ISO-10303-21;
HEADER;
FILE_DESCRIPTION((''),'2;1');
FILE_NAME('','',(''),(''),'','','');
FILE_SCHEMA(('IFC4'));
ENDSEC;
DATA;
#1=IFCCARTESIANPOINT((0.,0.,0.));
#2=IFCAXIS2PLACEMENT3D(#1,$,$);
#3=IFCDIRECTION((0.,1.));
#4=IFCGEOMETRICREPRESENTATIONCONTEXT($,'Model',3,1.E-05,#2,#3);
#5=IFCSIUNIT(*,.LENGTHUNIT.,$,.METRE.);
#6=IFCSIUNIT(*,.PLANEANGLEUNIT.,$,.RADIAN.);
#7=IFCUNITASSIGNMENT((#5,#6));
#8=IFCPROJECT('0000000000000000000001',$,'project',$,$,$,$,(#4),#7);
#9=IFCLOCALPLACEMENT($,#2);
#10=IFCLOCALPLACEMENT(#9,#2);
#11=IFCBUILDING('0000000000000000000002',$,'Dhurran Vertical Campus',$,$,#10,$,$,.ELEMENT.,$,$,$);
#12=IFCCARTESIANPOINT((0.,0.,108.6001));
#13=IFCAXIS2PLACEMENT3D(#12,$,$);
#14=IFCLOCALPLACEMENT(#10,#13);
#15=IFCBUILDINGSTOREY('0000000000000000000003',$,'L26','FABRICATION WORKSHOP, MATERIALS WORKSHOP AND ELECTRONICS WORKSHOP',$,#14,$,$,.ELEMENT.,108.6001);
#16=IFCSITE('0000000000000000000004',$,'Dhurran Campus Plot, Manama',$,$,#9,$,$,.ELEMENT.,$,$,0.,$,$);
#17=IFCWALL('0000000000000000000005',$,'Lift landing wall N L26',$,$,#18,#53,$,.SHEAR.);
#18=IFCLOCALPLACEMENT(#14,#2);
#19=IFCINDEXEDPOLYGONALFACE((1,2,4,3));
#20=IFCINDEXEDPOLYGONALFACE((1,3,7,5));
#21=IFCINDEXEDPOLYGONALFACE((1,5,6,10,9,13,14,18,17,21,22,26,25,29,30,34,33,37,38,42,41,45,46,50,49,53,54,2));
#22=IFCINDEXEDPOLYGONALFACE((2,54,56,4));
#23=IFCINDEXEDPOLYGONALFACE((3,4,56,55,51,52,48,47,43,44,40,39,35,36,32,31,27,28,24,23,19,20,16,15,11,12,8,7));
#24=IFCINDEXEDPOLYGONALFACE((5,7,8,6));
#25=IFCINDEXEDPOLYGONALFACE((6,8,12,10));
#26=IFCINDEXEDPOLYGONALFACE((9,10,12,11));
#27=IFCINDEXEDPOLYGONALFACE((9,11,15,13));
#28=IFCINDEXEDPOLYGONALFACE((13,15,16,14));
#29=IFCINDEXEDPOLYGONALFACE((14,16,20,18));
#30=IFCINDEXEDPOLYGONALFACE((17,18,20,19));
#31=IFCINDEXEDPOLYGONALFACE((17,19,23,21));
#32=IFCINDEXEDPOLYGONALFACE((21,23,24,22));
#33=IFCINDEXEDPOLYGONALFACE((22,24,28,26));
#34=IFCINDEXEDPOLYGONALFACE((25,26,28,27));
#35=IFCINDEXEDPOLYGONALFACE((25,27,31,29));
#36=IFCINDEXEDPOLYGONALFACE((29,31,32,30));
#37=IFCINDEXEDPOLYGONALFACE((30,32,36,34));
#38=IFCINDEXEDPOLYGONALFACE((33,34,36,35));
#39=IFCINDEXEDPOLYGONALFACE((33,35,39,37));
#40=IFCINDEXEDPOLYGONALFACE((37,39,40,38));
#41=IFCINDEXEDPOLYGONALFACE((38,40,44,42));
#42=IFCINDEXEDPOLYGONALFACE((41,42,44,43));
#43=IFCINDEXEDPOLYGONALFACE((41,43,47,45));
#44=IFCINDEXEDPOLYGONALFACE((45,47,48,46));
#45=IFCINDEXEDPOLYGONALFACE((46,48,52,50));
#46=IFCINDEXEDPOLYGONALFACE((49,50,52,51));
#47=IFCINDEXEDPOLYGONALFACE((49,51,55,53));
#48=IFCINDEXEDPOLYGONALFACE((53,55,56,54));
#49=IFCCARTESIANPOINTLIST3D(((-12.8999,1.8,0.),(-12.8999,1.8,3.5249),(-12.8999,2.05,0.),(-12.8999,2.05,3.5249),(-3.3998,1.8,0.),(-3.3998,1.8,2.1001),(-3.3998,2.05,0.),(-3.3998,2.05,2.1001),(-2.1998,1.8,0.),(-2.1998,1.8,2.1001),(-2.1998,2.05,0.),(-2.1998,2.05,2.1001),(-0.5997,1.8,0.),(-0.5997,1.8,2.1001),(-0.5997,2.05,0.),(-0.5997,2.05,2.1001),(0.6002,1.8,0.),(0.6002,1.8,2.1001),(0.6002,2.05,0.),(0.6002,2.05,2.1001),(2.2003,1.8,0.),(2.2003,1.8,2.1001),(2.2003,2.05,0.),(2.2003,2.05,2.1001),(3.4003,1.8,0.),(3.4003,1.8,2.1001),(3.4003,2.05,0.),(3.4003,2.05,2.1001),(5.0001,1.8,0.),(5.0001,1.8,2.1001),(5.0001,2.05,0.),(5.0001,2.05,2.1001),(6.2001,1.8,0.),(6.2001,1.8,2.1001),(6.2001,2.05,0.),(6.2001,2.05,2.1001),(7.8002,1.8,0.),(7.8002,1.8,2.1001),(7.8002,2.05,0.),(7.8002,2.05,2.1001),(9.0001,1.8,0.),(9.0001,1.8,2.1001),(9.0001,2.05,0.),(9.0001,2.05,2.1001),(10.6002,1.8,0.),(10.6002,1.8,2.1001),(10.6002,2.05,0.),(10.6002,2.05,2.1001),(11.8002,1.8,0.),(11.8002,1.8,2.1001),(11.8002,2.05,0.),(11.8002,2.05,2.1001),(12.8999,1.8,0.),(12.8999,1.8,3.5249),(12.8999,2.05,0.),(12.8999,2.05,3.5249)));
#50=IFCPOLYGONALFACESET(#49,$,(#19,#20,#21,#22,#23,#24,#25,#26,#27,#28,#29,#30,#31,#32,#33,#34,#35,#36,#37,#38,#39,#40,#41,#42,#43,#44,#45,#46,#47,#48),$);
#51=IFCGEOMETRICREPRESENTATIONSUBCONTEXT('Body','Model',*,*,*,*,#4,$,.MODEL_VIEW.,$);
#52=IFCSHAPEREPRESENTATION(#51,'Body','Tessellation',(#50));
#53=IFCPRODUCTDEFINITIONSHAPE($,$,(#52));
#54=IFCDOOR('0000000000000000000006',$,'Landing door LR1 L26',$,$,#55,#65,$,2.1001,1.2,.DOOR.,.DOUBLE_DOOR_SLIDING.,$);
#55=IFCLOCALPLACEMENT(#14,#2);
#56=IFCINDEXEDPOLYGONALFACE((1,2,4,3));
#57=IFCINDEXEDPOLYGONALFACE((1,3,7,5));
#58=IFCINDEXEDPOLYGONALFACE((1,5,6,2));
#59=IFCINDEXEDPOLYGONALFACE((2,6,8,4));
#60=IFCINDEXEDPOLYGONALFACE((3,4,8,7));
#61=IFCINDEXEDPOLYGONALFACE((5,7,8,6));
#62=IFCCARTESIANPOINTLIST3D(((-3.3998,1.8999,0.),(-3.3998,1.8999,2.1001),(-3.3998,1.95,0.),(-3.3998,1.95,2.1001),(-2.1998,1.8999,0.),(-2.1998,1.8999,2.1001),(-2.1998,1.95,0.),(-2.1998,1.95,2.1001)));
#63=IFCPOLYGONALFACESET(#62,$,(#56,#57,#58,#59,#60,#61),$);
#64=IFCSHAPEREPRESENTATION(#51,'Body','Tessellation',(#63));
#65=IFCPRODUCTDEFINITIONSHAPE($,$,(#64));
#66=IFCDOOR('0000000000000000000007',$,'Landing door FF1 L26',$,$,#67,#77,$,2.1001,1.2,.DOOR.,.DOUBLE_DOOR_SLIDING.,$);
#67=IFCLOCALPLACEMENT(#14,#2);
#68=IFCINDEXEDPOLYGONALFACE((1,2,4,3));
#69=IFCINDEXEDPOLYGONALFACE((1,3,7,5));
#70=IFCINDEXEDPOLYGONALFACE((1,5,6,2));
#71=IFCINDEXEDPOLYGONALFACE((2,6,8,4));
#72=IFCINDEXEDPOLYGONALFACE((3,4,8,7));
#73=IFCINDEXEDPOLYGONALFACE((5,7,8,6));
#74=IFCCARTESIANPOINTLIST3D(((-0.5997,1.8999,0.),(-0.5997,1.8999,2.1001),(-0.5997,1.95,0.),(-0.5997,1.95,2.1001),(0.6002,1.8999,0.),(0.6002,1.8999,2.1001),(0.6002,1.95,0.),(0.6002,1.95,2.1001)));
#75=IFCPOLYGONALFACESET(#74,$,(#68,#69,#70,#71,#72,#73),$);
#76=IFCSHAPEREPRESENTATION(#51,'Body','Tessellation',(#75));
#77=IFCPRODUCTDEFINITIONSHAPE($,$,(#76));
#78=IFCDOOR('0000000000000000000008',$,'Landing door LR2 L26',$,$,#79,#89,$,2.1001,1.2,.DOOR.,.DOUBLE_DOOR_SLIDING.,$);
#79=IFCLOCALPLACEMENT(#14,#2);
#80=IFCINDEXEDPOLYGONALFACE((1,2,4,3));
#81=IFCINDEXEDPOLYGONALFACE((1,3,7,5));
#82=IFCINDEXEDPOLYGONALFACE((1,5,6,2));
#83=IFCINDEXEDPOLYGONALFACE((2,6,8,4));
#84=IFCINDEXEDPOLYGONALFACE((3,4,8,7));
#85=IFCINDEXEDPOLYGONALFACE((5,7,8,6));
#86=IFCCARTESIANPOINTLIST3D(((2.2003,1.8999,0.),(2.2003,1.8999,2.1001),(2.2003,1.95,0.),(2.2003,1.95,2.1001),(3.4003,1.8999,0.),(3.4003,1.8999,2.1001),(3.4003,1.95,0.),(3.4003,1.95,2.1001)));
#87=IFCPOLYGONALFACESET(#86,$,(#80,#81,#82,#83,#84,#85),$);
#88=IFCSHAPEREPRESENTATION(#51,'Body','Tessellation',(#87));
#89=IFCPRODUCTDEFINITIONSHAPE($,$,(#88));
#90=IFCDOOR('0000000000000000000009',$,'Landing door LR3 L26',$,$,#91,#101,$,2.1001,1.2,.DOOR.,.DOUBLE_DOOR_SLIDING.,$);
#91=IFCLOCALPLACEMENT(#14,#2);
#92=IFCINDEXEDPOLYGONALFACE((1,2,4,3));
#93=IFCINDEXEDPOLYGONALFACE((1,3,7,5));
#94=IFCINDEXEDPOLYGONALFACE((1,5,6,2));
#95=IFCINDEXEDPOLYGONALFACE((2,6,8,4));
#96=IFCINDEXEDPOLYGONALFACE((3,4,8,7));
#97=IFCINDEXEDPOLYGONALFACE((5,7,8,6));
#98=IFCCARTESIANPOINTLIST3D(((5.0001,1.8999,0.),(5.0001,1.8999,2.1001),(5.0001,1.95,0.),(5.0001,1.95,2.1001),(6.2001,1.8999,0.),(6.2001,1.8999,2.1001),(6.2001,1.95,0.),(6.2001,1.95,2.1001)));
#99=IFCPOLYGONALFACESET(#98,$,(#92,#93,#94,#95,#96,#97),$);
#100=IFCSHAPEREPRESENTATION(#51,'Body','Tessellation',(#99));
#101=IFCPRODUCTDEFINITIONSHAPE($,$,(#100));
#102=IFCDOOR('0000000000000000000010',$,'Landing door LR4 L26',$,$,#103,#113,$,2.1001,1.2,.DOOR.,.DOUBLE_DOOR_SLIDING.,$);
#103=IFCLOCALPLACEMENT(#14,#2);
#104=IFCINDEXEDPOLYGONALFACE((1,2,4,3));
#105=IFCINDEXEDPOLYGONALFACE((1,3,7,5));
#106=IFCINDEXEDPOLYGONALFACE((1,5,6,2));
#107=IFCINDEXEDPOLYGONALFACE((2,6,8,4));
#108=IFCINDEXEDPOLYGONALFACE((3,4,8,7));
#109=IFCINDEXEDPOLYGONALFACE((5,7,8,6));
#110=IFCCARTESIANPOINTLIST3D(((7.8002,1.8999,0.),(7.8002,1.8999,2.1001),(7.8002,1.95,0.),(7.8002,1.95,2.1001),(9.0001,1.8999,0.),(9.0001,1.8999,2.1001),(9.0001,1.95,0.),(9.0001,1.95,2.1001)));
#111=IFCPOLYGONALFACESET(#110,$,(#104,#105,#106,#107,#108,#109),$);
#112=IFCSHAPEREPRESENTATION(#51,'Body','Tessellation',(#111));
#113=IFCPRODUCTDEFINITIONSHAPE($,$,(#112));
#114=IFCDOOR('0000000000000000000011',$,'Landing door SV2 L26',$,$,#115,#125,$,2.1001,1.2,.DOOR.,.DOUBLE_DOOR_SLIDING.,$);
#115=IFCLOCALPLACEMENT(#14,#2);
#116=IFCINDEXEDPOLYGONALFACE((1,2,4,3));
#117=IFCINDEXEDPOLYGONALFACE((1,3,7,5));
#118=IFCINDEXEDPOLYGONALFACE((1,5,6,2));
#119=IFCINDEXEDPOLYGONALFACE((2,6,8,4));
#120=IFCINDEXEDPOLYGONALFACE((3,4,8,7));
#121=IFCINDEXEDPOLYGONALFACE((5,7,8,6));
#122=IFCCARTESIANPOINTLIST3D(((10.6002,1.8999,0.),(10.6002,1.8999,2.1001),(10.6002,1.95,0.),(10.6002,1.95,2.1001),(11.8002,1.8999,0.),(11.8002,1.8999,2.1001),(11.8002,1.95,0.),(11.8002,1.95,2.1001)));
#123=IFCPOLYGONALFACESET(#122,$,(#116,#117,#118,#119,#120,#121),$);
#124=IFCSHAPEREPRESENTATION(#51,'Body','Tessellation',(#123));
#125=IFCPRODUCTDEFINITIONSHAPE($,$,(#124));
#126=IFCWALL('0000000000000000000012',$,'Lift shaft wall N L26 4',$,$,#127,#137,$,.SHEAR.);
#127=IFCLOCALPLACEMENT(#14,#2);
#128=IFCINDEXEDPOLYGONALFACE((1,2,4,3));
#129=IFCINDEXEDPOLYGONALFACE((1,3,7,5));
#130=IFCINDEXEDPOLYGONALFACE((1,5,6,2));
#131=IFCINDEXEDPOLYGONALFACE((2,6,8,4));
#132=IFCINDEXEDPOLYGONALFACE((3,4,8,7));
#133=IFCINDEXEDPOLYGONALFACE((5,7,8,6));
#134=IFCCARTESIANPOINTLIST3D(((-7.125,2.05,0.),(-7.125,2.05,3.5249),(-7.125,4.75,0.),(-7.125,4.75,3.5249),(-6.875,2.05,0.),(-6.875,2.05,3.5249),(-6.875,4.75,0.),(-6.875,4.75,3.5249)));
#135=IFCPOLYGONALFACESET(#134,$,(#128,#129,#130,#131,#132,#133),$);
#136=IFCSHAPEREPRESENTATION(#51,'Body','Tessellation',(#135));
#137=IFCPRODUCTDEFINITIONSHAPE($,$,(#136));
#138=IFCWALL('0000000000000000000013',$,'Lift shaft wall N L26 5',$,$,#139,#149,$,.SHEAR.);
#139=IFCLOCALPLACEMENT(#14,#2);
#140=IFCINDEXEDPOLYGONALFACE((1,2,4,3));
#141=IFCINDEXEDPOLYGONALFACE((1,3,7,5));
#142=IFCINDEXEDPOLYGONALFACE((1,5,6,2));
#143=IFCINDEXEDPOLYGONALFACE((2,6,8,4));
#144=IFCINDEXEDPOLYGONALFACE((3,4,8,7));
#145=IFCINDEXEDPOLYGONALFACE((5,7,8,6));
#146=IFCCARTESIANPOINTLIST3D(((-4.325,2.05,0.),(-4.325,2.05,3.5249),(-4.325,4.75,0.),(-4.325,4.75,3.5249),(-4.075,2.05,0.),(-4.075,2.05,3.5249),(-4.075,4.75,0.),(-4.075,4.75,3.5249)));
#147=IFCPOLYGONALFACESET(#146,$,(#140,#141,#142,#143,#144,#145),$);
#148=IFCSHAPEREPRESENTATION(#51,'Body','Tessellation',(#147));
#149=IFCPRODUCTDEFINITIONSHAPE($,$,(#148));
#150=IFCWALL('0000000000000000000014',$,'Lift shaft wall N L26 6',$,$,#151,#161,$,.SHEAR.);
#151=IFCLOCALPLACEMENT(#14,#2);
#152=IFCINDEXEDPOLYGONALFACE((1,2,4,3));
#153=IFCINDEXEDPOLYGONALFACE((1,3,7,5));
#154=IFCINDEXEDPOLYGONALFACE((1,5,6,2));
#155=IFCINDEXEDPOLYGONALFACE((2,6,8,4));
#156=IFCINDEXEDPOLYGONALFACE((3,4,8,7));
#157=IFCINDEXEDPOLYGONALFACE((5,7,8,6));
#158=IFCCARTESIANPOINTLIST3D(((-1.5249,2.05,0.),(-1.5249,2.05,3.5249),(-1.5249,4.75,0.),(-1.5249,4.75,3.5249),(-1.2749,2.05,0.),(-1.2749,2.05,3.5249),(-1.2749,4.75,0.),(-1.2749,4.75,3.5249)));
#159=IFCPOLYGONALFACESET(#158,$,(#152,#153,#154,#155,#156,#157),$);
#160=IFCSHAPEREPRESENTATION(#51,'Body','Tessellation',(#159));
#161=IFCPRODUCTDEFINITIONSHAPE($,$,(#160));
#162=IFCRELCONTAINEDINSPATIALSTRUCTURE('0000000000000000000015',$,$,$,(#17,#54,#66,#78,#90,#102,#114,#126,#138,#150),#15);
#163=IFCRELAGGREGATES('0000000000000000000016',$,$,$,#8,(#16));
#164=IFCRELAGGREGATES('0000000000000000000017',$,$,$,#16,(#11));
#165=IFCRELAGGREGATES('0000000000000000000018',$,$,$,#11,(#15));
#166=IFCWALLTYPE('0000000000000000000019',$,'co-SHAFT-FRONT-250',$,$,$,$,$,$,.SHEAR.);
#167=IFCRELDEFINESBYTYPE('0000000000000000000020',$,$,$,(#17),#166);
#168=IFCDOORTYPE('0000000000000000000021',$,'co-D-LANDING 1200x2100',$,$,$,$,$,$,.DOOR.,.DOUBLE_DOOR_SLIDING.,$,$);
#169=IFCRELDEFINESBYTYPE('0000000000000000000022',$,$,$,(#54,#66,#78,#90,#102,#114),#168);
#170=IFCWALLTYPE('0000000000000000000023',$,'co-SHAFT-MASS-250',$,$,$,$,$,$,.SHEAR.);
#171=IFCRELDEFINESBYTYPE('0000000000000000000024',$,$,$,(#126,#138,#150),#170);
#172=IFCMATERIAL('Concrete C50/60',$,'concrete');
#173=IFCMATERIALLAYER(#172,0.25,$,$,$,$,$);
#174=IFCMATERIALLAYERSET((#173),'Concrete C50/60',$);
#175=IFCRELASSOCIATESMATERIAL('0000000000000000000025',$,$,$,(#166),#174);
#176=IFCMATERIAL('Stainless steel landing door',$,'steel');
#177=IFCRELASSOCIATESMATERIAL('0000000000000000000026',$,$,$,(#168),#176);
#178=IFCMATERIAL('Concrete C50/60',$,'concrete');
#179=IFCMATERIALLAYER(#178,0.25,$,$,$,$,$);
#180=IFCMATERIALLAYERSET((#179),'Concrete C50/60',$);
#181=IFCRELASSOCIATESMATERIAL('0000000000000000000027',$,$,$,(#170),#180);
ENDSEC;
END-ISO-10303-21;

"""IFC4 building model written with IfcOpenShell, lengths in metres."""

from ifc_helpers import new_model, si_unit, direction, frame, frame_2d, origin, place, context, subcontext, project, spatial, polyline, rectangle, outline, extrude, material, layer, layer_set, type_object, element, fill, save


model = new_model("IFC4")

# Units and contexts
model_context = context("Model", 3, precision=1e-05, world=origin(), true_north=direction((0.0, 1.0)))
body_context = subcontext(model_context, "Body", "Model", "MODEL_VIEW")
ifc_project = project(units=[si_unit("LENGTHUNIT", "METRE"), si_unit("PLANEANGLEUNIT", "RADIAN")], contexts=[model_context])

# Site, building, storey
site_placement = place(None, origin())
site = spatial("IfcSite", under=ifc_project, at=site_placement, Name="Dhurran Campus Plot, Manama", CompositionType="ELEMENT", RefElevation=0.0)
building_placement = place(site_placement, origin())
building = spatial("IfcBuilding", under=site, at=building_placement, Name="Dhurran Vertical Campus", CompositionType="ELEMENT")
storey_placement = place(building_placement, frame((0.0, 0.0, 108.6001)))
storey = spatial("IfcBuildingStorey", under=building, at=storey_placement, Name="L26", Description="FABRICATION WORKSHOP, MATERIALS WORKSHOP AND ELECTRONICS WORKSHOP", CompositionType="ELEMENT", Elevation=108.6001)

# Wall, openings, doors
ifc_material_1 = material(Name="Concrete C50/60", Category="concrete")
ifc_layer_1 = layer(ifc_material_1, 0.25)
ifc_layer_set_1 = layer_set([ifc_layer_1], Name="Concrete C50/60")
wall_type_1 = type_object("IfcWallType", Name="co-SHAFT-FRONT-250", PredefinedType="SHEAR", material=ifc_layer_set_1)
wall_1_placement = place(storey_placement, frame((-12.8999, 1.925, 0.0), z_axis=(0.0, 0.0, 1.0), x_axis=(1.0, 0.0, 0.0)))
wall_1 = element("IfcWall", 1, at=wall_1_placement, inside=storey, type_object=wall_type_1, Name="Lift landing wall N L26", PredefinedType="SHEAR", context=body_context, shape_type="SweptSolid", body=[
    extrude(rectangle(XDim=25.7998, YDim=0.25, at=frame_2d((12.8999, 0.0))), origin(), (0.0, 0.0, 1.0), 3.5249),
])
opening_1_placement = place(wall_1_placement, frame((9.5, 0.0, 0.0)))
opening_1 = element("IfcOpeningElement", 2, at=opening_1_placement, cuts=wall_1, PredefinedType="OPENING", context=body_context, shape_type="SweptSolid", body=[
    extrude(rectangle(XDim=1.2, YDim=2.1001, at=frame_2d((0.6001, 1.05))), frame((0.0, 0.135, 0.0), z_axis=(0.0, -1.0, 0.0), x_axis=(1.0, 0.0, 0.0)), (0.0, 0.0, 1.0), 0.27),
])
opening_2_placement = place(wall_1_placement, frame((12.3, 0.0, 0.0)))
opening_2 = element("IfcOpeningElement", 3, at=opening_2_placement, cuts=wall_1, PredefinedType="OPENING", context=body_context, shape_type="SweptSolid", body=[
    extrude(rectangle(XDim=1.2, YDim=2.1001, at=frame_2d((0.6001, 1.05))), frame((0.0, 0.135, 0.0), z_axis=(0.0, -1.0, 0.0), x_axis=(1.0, 0.0, 0.0)), (0.0, 0.0, 1.0), 0.27),
])
opening_3_placement = place(wall_1_placement, frame((15.1001, 0.0, 0.0)))
opening_3 = element("IfcOpeningElement", 4, at=opening_3_placement, cuts=wall_1, PredefinedType="OPENING", context=body_context, shape_type="SweptSolid", body=[
    extrude(rectangle(XDim=1.2, YDim=2.1001, at=frame_2d((0.6001, 1.05))), frame((0.0, 0.135, 0.0), z_axis=(0.0, -1.0, 0.0), x_axis=(1.0, 0.0, 0.0)), (0.0, 0.0, 1.0), 0.27),
])
opening_4_placement = place(wall_1_placement, frame((17.8999, 0.0, 0.0)))
opening_4 = element("IfcOpeningElement", 5, at=opening_4_placement, cuts=wall_1, PredefinedType="OPENING", context=body_context, shape_type="SweptSolid", body=[
    extrude(rectangle(XDim=1.2, YDim=2.1001, at=frame_2d((0.6001, 1.05))), frame((0.0, 0.135, 0.0), z_axis=(0.0, -1.0, 0.0), x_axis=(1.0, 0.0, 0.0)), (0.0, 0.0, 1.0), 0.27),
])
opening_5_placement = place(wall_1_placement, frame((20.7, 0.0, 0.0)))
opening_5 = element("IfcOpeningElement", 6, at=opening_5_placement, cuts=wall_1, PredefinedType="OPENING", context=body_context, shape_type="SweptSolid", body=[
    extrude(rectangle(XDim=1.2, YDim=2.1001, at=frame_2d((0.6001, 1.05))), frame((0.0, 0.135, 0.0), z_axis=(0.0, -1.0, 0.0), x_axis=(1.0, 0.0, 0.0)), (0.0, 0.0, 1.0), 0.27),
])
opening_6_placement = place(wall_1_placement, frame((23.5, 0.0, 0.0)))
opening_6 = element("IfcOpeningElement", 7, at=opening_6_placement, cuts=wall_1, PredefinedType="OPENING", context=body_context, shape_type="SweptSolid", body=[
    extrude(rectangle(XDim=1.2, YDim=2.1001, at=frame_2d((0.6001, 1.05))), frame((0.0, 0.135, 0.0), z_axis=(0.0, -1.0, 0.0), x_axis=(1.0, 0.0, 0.0)), (0.0, 0.0, 1.0), 0.27),
])
ifc_material_2 = material(Name="Stainless steel landing door", Category="steel")
door_type_1 = type_object("IfcDoorType", Name="co-D-LANDING 1200x2100", OperationType="DOUBLE_DOOR_SLIDING", PredefinedType="DOOR", material=ifc_material_2)
door_1_placement = place(opening_1_placement, origin())
door_1 = element("IfcDoor", 8, at=door_1_placement, inside=storey, type_object=door_type_1, Name="Landing door LR1 L26", OperationType="DOUBLE_DOOR_SLIDING", OverallHeight=2.1001, OverallWidth=1.2, PredefinedType="DOOR", context=body_context, shape_type="SweptSolid", body=[
    extrude(rectangle(XDim=1.2, YDim=2.1001, at=frame_2d((0.6001, 1.05))), frame((0.0, 0.0249, 0.0), z_axis=(0.0, -1.0, 0.0), x_axis=(1.0, 0.0, 0.0)), (0.0, 0.0, 1.0), 0.05),
])
fill(opening_1, door_1)
door_2_placement = place(opening_2_placement, origin())
door_2 = element("IfcDoor", 9, at=door_2_placement, inside=storey, type_object=door_type_1, Name="Landing door FF1 L26", OperationType="DOUBLE_DOOR_SLIDING", OverallHeight=2.1001, OverallWidth=1.2, PredefinedType="DOOR", context=body_context, shape_type="SweptSolid", body=[
    extrude(rectangle(XDim=1.2, YDim=2.1001, at=frame_2d((0.6001, 1.05))), frame((0.0, 0.0249, 0.0), z_axis=(0.0, -1.0, 0.0), x_axis=(1.0, 0.0, 0.0)), (0.0, 0.0, 1.0), 0.05),
])
fill(opening_2, door_2)
door_3_placement = place(opening_3_placement, origin())
door_3 = element("IfcDoor", 10, at=door_3_placement, inside=storey, type_object=door_type_1, Name="Landing door LR2 L26", OperationType="DOUBLE_DOOR_SLIDING", OverallHeight=2.1001, OverallWidth=1.2, PredefinedType="DOOR", context=body_context, shape_type="SweptSolid", body=[
    extrude(rectangle(XDim=1.2, YDim=2.1001, at=frame_2d((0.6001, 1.05))), frame((0.0, 0.0249, 0.0), z_axis=(0.0, -1.0, 0.0), x_axis=(1.0, 0.0, 0.0)), (0.0, 0.0, 1.0), 0.05),
])
fill(opening_3, door_3)
door_4_placement = place(opening_4_placement, origin())
door_4 = element("IfcDoor", 11, at=door_4_placement, inside=storey, type_object=door_type_1, Name="Landing door LR3 L26", OperationType="DOUBLE_DOOR_SLIDING", OverallHeight=2.1001, OverallWidth=1.2, PredefinedType="DOOR", context=body_context, shape_type="SweptSolid", body=[
    extrude(rectangle(XDim=1.2, YDim=2.1001, at=frame_2d((0.6001, 1.05))), frame((0.0, 0.0249, 0.0), z_axis=(0.0, -1.0, 0.0), x_axis=(1.0, 0.0, 0.0)), (0.0, 0.0, 1.0), 0.05),
])
fill(opening_4, door_4)
door_5_placement = place(opening_5_placement, origin())
door_5 = element("IfcDoor", 12, at=door_5_placement, inside=storey, type_object=door_type_1, Name="Landing door LR4 L26", OperationType="DOUBLE_DOOR_SLIDING", OverallHeight=2.1001, OverallWidth=1.2, PredefinedType="DOOR", context=body_context, shape_type="SweptSolid", body=[
    extrude(rectangle(XDim=1.2, YDim=2.1001, at=frame_2d((0.6001, 1.05))), frame((0.0, 0.0249, 0.0), z_axis=(0.0, -1.0, 0.0), x_axis=(1.0, 0.0, 0.0)), (0.0, 0.0, 1.0), 0.05),
])
fill(opening_5, door_5)
door_6_placement = place(opening_6_placement, origin())
door_6 = element("IfcDoor", 13, at=door_6_placement, inside=storey, type_object=door_type_1, Name="Landing door SV2 L26", OperationType="DOUBLE_DOOR_SLIDING", OverallHeight=2.1001, OverallWidth=1.2, PredefinedType="DOOR", context=body_context, shape_type="SweptSolid", body=[
    extrude(rectangle(XDim=1.2, YDim=2.1001, at=frame_2d((0.6001, 1.05))), frame((0.0, 0.0249, 0.0), z_axis=(0.0, -1.0, 0.0), x_axis=(1.0, 0.0, 0.0)), (0.0, 0.0, 1.0), 0.05),
])
fill(opening_6, door_6)

# Walls
ifc_material_3 = material(Name="Concrete C50/60", Category="concrete")
ifc_layer_2 = layer(ifc_material_3, 0.25)
ifc_layer_set_2 = layer_set([ifc_layer_2], Name="Concrete C50/60")
wall_type_2 = type_object("IfcWallType", Name="co-SHAFT-MASS-250", PredefinedType="SHEAR", material=ifc_layer_set_2)
wall_2_placement = place(storey_placement, origin())
element("IfcWall", 14, at=wall_2_placement, inside=storey, type_object=wall_type_2, Name="Lift shaft wall N L26 4", PredefinedType="SHEAR", context=body_context, shape_type="SweptSolid", body=[
    extrude(outline(polyline([(-7.125, 2.05), (-6.875, 2.05), (-6.875, 4.75), (-7.125, 4.75), (-7.125, 2.05)])), origin(), (0.0, 0.0, 1.0), 3.5249),
])
wall_3_placement = place(storey_placement, origin())
element("IfcWall", 15, at=wall_3_placement, inside=storey, type_object=wall_type_2, Name="Lift shaft wall N L26 5", PredefinedType="SHEAR", context=body_context, shape_type="SweptSolid", body=[
    extrude(outline(polyline([(-4.325, 2.05), (-4.075, 2.05), (-4.075, 4.75), (-4.325, 4.75), (-4.325, 2.05)])), origin(), (0.0, 0.0, 1.0), 3.5249),
])
wall_4_placement = place(storey_placement, origin())
element("IfcWall", 16, at=wall_4_placement, inside=storey, type_object=wall_type_2, Name="Lift shaft wall N L26 6", PredefinedType="SHEAR", context=body_context, shape_type="SweptSolid", body=[
    extrude(outline(polyline([(-1.5249, 2.05), (-1.2749, 2.05), (-1.2749, 4.75), (-1.5249, 4.75), (-1.5249, 2.05)])), origin(), (0.0, 0.0, 1.0), 3.5249),
])

save(model, "model.ifc")
